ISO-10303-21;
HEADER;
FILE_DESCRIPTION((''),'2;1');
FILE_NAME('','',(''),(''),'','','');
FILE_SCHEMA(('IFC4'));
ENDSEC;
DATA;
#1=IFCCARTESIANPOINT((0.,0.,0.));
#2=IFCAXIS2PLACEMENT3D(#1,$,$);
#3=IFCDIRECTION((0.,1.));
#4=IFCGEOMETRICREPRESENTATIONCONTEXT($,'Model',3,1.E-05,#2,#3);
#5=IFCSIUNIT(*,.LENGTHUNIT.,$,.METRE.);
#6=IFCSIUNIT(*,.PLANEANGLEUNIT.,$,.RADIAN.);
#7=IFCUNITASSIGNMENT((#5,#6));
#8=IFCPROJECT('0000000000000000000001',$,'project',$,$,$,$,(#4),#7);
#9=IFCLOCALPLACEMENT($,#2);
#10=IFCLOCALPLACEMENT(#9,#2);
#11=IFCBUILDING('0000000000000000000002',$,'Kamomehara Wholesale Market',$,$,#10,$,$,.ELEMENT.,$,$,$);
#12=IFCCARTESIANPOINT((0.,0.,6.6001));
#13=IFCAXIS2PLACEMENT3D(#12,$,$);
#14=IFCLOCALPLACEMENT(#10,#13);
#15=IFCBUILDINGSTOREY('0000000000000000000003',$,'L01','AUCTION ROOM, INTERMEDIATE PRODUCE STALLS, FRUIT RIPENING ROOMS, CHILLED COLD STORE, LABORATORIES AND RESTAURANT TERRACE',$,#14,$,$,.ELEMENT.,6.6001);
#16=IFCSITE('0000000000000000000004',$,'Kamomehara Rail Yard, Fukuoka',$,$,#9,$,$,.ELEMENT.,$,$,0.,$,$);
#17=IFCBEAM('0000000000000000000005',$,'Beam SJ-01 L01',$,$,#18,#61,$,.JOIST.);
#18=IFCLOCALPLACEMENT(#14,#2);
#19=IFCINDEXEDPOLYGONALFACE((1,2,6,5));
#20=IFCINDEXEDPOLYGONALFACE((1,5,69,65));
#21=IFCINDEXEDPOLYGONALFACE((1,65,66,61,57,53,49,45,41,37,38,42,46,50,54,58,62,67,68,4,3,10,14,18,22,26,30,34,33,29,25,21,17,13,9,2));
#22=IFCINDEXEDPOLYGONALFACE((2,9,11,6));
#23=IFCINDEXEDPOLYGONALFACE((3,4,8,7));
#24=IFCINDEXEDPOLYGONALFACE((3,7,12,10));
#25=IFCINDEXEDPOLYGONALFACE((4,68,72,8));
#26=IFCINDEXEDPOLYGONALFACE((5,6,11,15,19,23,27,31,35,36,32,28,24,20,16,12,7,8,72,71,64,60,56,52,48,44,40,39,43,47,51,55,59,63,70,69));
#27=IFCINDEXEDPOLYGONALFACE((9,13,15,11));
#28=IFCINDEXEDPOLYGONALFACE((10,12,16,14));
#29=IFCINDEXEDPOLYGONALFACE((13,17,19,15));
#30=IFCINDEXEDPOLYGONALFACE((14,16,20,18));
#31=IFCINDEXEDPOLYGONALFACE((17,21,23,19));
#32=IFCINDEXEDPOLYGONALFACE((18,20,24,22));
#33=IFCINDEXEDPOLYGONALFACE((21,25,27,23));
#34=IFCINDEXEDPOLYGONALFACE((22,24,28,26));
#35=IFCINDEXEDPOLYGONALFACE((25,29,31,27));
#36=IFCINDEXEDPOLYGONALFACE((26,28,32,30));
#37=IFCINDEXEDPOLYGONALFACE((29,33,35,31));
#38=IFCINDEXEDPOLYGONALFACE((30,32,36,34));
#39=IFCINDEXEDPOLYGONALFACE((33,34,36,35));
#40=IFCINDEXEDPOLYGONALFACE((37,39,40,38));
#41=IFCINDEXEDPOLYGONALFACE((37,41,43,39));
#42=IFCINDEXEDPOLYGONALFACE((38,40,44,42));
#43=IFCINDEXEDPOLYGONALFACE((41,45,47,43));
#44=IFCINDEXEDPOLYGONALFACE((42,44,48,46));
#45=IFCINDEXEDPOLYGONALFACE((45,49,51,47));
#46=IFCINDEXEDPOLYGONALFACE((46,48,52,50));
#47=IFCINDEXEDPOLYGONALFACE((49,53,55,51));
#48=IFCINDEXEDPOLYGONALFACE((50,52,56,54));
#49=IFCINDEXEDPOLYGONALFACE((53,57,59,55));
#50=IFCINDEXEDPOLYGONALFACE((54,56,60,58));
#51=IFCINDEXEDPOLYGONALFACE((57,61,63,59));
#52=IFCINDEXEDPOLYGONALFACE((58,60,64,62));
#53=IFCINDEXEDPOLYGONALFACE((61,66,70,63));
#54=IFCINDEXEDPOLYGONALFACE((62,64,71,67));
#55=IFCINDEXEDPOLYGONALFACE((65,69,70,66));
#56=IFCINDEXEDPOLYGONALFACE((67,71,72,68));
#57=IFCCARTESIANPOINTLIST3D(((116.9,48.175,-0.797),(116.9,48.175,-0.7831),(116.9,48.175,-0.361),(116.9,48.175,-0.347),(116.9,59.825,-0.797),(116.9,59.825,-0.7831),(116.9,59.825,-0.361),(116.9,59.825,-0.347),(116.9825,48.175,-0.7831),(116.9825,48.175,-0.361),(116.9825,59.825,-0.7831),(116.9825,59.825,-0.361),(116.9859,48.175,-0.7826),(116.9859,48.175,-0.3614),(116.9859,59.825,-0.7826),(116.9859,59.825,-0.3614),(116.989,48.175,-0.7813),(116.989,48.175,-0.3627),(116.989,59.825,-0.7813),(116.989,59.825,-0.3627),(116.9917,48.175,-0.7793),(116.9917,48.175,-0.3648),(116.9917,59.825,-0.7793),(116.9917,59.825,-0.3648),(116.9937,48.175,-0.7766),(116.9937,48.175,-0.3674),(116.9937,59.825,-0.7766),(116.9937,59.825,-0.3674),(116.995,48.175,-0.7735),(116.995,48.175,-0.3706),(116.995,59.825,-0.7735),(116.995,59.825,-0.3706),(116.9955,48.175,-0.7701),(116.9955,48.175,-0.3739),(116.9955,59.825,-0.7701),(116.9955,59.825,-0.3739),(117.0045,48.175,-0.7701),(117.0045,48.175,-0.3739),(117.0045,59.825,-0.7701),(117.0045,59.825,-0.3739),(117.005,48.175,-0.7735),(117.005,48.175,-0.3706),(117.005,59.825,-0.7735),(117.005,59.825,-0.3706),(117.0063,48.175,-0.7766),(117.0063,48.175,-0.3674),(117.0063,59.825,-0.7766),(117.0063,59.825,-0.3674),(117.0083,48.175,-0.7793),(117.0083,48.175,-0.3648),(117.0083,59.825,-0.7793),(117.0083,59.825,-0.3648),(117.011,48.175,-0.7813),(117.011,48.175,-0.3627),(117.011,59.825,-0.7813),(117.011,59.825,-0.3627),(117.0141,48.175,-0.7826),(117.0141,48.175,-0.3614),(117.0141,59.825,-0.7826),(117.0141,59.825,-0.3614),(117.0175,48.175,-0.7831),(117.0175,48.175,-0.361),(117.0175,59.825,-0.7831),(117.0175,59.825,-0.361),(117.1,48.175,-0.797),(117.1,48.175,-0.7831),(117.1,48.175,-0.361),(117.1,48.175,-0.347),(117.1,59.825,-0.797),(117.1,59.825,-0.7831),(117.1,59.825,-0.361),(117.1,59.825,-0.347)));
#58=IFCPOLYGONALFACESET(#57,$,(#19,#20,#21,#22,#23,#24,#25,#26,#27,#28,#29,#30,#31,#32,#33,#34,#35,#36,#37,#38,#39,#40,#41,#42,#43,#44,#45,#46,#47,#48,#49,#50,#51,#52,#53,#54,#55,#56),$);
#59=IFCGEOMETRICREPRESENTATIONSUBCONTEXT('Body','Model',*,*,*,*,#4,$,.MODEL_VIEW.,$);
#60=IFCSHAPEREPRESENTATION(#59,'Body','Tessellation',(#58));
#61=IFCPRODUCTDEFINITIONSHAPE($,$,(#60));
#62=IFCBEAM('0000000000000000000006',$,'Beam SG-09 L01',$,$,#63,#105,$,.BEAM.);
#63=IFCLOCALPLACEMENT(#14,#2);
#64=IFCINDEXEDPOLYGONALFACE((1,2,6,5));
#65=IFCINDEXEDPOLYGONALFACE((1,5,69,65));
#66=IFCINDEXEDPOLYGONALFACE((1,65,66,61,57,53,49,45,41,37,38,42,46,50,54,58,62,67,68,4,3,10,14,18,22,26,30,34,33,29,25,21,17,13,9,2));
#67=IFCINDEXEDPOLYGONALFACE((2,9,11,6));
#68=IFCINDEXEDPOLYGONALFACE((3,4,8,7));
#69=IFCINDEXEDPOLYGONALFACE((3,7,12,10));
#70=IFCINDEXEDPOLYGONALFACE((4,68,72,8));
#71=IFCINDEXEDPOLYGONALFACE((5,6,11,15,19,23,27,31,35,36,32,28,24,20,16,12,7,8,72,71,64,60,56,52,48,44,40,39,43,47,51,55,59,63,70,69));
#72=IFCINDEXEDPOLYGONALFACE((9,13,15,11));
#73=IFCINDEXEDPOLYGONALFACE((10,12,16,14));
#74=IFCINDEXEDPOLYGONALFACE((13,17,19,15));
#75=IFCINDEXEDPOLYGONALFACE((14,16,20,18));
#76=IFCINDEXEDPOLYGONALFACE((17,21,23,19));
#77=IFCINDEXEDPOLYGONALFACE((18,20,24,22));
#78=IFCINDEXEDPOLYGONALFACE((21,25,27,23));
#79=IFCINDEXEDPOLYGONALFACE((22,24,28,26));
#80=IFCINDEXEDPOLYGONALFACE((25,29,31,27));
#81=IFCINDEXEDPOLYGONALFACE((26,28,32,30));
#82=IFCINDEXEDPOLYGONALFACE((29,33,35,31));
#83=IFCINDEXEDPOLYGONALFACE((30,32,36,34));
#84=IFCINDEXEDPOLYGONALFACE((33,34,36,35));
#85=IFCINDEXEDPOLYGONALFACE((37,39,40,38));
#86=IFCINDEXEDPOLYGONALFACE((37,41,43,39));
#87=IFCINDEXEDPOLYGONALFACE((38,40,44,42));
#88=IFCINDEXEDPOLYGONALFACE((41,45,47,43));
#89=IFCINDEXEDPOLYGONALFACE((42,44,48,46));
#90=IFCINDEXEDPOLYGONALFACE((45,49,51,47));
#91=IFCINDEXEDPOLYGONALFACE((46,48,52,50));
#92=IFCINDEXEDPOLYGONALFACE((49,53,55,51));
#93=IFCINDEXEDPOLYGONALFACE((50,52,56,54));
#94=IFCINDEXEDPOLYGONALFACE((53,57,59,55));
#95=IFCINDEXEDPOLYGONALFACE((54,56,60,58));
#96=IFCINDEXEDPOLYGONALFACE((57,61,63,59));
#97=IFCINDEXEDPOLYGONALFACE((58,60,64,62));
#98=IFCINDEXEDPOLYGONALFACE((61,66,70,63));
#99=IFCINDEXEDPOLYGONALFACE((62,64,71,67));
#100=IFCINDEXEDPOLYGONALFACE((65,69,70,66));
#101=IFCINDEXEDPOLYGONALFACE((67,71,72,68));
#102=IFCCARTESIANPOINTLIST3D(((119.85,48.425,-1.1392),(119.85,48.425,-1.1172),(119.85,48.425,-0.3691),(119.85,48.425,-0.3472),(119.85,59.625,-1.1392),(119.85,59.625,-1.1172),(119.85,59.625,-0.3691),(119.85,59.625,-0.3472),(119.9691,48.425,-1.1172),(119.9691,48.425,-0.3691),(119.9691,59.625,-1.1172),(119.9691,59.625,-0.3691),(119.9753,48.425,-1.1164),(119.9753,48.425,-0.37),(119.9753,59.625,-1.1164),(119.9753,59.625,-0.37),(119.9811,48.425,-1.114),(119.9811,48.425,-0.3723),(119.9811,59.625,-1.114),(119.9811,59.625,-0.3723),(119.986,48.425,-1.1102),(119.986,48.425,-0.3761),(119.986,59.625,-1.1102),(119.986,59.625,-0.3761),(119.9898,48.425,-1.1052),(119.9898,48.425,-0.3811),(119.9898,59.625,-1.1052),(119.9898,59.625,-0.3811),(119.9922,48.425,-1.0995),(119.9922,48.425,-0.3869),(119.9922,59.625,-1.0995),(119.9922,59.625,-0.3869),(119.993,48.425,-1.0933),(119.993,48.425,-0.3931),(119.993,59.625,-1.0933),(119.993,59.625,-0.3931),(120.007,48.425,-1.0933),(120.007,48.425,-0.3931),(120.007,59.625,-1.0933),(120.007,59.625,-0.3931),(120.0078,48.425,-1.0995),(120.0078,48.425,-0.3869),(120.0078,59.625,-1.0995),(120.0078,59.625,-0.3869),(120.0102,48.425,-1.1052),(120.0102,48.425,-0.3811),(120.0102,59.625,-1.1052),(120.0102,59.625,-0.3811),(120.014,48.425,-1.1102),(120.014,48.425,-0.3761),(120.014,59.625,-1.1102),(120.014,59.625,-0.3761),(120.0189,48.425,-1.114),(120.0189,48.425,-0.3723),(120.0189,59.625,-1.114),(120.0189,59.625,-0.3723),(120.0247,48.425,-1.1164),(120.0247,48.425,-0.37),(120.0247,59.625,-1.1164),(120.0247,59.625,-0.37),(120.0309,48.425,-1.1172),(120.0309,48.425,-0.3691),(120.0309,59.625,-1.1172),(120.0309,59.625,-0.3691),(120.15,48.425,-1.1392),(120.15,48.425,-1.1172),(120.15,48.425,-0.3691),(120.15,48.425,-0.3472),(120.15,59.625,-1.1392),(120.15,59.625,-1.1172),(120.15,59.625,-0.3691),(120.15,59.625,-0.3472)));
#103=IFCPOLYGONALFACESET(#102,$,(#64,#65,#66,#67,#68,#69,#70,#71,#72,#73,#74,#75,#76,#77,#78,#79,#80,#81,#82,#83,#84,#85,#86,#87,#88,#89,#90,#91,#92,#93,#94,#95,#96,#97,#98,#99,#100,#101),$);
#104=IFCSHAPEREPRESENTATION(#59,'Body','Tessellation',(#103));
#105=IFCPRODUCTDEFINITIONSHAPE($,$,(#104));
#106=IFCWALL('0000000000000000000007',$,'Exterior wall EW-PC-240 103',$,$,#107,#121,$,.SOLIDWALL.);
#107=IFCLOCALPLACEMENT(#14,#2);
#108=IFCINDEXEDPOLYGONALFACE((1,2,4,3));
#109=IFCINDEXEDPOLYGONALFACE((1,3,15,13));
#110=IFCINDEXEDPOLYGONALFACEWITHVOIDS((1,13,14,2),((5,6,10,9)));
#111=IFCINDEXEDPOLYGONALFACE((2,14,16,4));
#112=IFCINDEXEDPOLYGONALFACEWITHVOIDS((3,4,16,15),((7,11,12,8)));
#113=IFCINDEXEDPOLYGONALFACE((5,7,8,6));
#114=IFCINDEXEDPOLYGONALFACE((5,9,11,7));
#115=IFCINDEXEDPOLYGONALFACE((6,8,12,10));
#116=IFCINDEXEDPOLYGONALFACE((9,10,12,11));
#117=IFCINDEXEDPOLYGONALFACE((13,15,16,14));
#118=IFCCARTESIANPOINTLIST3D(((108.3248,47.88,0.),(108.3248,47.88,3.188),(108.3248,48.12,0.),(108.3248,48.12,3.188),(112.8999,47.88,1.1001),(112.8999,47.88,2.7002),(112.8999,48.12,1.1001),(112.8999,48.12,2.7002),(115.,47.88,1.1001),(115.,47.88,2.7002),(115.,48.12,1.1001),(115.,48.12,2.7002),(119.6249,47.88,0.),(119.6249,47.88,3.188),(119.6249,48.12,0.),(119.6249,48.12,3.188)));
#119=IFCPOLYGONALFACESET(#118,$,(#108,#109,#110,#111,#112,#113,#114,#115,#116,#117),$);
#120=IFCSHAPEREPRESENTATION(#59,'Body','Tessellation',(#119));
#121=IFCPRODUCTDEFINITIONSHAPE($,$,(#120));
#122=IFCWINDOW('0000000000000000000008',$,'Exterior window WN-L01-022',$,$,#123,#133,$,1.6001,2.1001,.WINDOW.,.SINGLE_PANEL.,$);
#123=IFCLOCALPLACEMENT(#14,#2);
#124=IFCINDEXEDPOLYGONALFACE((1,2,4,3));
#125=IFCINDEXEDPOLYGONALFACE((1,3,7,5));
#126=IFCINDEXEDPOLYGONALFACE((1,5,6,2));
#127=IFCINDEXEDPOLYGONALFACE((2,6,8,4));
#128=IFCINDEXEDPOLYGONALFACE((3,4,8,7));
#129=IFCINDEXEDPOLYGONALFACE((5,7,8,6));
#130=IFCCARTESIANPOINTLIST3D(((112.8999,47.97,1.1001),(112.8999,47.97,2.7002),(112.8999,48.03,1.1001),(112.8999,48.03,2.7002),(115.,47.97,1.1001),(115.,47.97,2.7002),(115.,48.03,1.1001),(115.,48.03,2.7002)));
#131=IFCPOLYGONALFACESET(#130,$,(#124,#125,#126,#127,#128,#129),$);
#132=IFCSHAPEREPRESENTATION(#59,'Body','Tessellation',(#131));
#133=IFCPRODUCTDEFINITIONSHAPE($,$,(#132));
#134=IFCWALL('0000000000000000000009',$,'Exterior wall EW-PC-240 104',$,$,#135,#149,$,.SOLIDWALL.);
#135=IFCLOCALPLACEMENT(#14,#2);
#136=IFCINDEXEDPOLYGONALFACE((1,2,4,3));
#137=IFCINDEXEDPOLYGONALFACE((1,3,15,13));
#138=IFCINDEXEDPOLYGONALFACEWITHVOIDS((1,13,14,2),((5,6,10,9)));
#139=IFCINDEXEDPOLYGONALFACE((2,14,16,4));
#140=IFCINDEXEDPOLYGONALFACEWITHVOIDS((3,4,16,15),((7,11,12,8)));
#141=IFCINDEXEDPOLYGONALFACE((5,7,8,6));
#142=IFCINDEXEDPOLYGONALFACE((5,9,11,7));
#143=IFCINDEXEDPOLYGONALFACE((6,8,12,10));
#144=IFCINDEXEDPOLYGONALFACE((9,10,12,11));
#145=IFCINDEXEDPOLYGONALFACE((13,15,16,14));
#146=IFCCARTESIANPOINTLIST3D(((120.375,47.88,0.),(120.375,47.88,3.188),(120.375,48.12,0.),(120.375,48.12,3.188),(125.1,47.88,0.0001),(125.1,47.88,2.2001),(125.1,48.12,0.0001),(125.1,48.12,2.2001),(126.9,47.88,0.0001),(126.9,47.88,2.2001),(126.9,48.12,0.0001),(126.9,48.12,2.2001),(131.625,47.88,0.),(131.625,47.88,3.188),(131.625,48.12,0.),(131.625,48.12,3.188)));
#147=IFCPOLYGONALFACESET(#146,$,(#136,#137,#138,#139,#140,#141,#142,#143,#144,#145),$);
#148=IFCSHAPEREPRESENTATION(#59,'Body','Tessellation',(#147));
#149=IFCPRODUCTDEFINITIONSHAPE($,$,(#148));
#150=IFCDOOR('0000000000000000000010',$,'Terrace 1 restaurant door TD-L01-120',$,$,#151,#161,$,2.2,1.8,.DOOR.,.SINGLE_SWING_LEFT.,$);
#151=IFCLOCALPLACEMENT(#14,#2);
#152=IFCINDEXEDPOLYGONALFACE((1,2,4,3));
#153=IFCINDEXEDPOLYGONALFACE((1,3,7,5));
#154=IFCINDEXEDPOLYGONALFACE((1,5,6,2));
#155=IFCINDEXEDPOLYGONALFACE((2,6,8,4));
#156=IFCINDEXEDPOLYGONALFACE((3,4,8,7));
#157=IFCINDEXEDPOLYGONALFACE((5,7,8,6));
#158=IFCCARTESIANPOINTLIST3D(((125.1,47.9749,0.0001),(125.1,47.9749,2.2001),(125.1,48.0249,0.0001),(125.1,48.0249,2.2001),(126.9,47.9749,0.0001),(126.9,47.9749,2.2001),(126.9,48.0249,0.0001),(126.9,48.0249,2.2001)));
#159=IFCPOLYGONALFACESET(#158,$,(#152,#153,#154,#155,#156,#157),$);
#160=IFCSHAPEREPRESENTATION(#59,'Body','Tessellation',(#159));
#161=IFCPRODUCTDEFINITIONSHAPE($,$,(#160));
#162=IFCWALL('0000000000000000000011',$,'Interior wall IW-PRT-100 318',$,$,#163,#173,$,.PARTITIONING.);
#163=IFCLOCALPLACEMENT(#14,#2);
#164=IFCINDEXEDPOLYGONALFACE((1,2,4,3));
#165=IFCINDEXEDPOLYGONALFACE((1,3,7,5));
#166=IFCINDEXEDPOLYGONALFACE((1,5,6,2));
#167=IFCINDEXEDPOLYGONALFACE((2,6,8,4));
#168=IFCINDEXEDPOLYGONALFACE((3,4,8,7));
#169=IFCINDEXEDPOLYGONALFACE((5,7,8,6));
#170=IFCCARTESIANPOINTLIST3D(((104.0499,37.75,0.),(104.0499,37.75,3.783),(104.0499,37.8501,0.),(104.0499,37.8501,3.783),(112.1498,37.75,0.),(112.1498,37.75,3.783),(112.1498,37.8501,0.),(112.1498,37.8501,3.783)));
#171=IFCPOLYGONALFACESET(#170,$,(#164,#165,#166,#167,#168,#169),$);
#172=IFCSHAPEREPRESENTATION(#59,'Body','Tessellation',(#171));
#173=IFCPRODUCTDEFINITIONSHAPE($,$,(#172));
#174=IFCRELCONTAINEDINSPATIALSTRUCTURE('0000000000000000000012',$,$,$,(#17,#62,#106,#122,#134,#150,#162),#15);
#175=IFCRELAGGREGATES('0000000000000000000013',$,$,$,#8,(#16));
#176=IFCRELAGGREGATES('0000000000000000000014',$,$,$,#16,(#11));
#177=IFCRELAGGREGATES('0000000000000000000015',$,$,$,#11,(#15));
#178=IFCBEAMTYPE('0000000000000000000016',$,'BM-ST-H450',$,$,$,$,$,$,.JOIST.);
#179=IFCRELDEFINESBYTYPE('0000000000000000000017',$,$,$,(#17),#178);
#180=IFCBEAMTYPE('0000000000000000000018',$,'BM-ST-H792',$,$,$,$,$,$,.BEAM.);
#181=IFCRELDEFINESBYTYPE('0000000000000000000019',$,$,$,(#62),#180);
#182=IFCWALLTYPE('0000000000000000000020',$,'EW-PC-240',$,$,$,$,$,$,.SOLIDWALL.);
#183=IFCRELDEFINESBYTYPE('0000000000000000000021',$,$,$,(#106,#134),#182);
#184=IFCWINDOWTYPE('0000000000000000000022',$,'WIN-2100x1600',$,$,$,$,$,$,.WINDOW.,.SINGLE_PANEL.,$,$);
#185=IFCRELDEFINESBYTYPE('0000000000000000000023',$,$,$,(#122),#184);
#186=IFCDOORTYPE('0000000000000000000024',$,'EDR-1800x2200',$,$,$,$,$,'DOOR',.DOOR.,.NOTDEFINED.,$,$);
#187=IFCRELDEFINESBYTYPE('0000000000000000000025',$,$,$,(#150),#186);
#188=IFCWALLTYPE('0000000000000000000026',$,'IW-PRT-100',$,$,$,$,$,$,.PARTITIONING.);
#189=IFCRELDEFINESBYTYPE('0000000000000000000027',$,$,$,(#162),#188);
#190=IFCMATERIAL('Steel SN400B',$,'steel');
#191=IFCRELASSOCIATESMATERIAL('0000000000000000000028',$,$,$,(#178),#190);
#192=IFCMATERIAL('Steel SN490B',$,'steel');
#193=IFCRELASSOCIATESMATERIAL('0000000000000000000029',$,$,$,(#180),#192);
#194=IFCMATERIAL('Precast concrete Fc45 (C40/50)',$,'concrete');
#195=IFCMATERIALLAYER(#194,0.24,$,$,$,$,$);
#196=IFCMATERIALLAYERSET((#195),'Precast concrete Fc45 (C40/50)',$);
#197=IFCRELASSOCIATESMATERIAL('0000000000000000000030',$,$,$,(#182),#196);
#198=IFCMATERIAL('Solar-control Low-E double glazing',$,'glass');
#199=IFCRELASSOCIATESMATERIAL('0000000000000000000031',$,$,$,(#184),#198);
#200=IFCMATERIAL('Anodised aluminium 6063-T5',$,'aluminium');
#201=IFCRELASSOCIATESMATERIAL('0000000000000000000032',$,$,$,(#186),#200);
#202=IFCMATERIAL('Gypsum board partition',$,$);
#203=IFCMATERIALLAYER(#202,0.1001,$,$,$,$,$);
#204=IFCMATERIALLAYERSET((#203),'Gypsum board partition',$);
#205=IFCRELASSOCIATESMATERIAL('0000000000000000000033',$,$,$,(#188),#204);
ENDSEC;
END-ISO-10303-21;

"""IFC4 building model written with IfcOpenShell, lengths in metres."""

from ifc_helpers import new_model, si_unit, direction, frame, frame_2d, origin, origin_2d, place, context, subcontext, project, spatial, rectangle, i_section, extrude, material, layer, layer_set, material_profile, profile_set, type_object, element, fill, save


model = new_model("IFC4")

# Units and contexts
model_context = context("Model", 3, precision=1e-05, world=origin(), true_north=direction((0.0, 1.0)))
body_context = subcontext(model_context, "Body", "Model", "MODEL_VIEW")
ifc_project = project(units=[si_unit("LENGTHUNIT", "METRE"), si_unit("PLANEANGLEUNIT", "RADIAN")], contexts=[model_context])

# Site, building, storey
site_placement = place(None, origin())
site = spatial("IfcSite", under=ifc_project, at=site_placement, Name="Kamomehara Rail Yard, Fukuoka", CompositionType="ELEMENT", RefElevation=0.0)
building_placement = place(site_placement, origin())
building = spatial("IfcBuilding", under=site, at=building_placement, Name="Kamomehara Wholesale Market", CompositionType="ELEMENT")
storey_placement = place(building_placement, frame((0.0, 0.0, 6.6001)))
storey = spatial("IfcBuildingStorey", under=building, at=storey_placement, Name="L01", Description="AUCTION ROOM, INTERMEDIATE PRODUCE STALLS, FRUIT RIPENING ROOMS, CHILLED COLD STORE, LABORATORIES AND RESTAURANT TERRACE", CompositionType="ELEMENT", Elevation=6.6001)

# Beams
ifc_material_1 = material(Name="Steel SN400B", Category="steel")
ifc_material_profile_1 = material_profile(ifc_material_1, i_section(OverallWidth=0.2, OverallDepth=0.45, WebThickness=0.009, FlangeThickness=0.0139, FilletRadius=0.0129, at=origin_2d()), Name="H-450x200x9x14")
ifc_profile_set_1 = profile_set([ifc_material_profile_1], Name="Steel SN400B")
beam_type_1 = type_object("IfcBeamType", Name="BM-ST-H450", PredefinedType="JOIST", material=ifc_profile_set_1)
beam_1_placement = place(storey_placement, frame((117.0, 48.175, -0.572), z_axis=(0.0, 1.0, 0.0), x_axis=(-1.0, 0.0, 0.0)))
element("IfcBeam", 1, at=beam_1_placement, inside=storey, type_object=beam_type_1, Name="Beam SJ-01 L01", PredefinedType="JOIST", context=body_context, shape_type="SweptSolid", body=[
    extrude(i_section(OverallWidth=0.2, OverallDepth=0.45, WebThickness=0.009, FlangeThickness=0.0139, FilletRadius=0.0129, at=origin_2d()), origin(), (0.0, 0.0, 1.0), 11.6499),
])
ifc_material_2 = material(Name="Steel SN490B", Category="steel")
ifc_material_profile_2 = material_profile(ifc_material_2, i_section(OverallWidth=0.3, OverallDepth=0.792, WebThickness=0.0139, FlangeThickness=0.022, FilletRadius=0.0239, at=origin_2d()), Name="H-792x300x14x22")
ifc_profile_set_2 = profile_set([ifc_material_profile_2], Name="Steel SN490B")
beam_type_2 = type_object("IfcBeamType", Name="BM-ST-H792", PredefinedType="BEAM", material=ifc_profile_set_2)
beam_2_placement = place(storey_placement, frame((120.0, 48.425, -0.7432), z_axis=(0.0, 1.0, 0.0), x_axis=(-1.0, 0.0, 0.0)))
element("IfcBeam", 2, at=beam_2_placement, inside=storey, type_object=beam_type_2, Name="Beam SG-09 L01", PredefinedType="BEAM", context=body_context, shape_type="SweptSolid", body=[
    extrude(i_section(OverallWidth=0.3, OverallDepth=0.792, WebThickness=0.0139, FlangeThickness=0.022, FilletRadius=0.0239, at=origin_2d()), origin(), (0.0, 0.0, 1.0), 11.2),
])

# Wall, opening, window
ifc_material_3 = material(Name="Precast concrete Fc45 (C40/50)", Category="concrete")
ifc_layer_1 = layer(ifc_material_3, 0.24)
ifc_layer_set_1 = layer_set([ifc_layer_1], Name="Precast concrete Fc45 (C40/50)")
wall_type_1 = type_object("IfcWallType", Name="EW-PC-240", PredefinedType="SOLIDWALL", material=ifc_layer_set_1)
wall_1_placement = place(storey_placement, frame((108.325, 48.0, 0.0), z_axis=(0.0, 0.0, 1.0), x_axis=(1.0, 0.0, 0.0)))
wall_1 = element("IfcWall", 3, at=wall_1_placement, inside=storey, type_object=wall_type_1, Name="Exterior wall EW-PC-240 103", PredefinedType="SOLIDWALL", context=body_context, shape_type="SweptSolid", body=[
    extrude(rectangle(XDim=11.3, YDim=0.24, at=frame_2d((5.6499, 0.0))), origin(), (0.0, 0.0, 1.0), 3.188),
])
opening_1_placement = place(wall_1_placement, frame((4.575, 0.0, 1.1001)))
opening_1 = element("IfcOpeningElement", 4, at=opening_1_placement, cuts=wall_1, PredefinedType="OPENING", context=body_context, shape_type="SweptSolid", body=[
    extrude(rectangle(XDim=2.1001, YDim=1.6001, at=frame_2d((1.05, 0.8))), frame((0.0, 0.1348, 0.0), z_axis=(0.0, -1.0, 0.0), x_axis=(1.0, 0.0, 0.0)), (0.0, 0.0, 1.0), 0.2698),
])
ifc_material_4 = material(Name="Solar-control Low-E double glazing", Category="glass")
window_type = type_object("IfcWindowType", Name="WIN-2100x1600", PartitioningType="SINGLE_PANEL", PredefinedType="WINDOW", material=ifc_material_4)
window_placement = place(opening_1_placement, origin())
window = element("IfcWindow", 5, at=window_placement, inside=storey, type_object=window_type, Name="Exterior window WN-L01-022", OverallHeight=1.6001, OverallWidth=2.1001, PartitioningType="SINGLE_PANEL", PredefinedType="WINDOW", context=body_context, shape_type="SweptSolid", body=[
    extrude(rectangle(XDim=2.1001, YDim=1.6001, at=frame_2d((1.05, 0.8))), frame((0.0, 0.03, 0.0), z_axis=(0.0, -1.0, 0.0), x_axis=(1.0, 0.0, 0.0)), (0.0, 0.0, 1.0), 0.0601),
])
fill(opening_1, window)

# Wall, opening, door
wall_2_placement = place(storey_placement, frame((120.375, 48.0, 0.0), z_axis=(0.0, 0.0, 1.0), x_axis=(1.0, 0.0, 0.0)))
wall_2 = element("IfcWall", 6, at=wall_2_placement, inside=storey, type_object=wall_type_1, Name="Exterior wall EW-PC-240 104", PredefinedType="SOLIDWALL", context=body_context, shape_type="SweptSolid", body=[
    extrude(rectangle(XDim=11.25, YDim=0.24, at=frame_2d((5.625, 0.0))), origin(), (0.0, 0.0, 1.0), 3.188),
])
opening_2_placement = place(wall_2_placement, frame((4.7251, 0.0, 0.0)))
opening_2 = element("IfcOpeningElement", 7, at=opening_2_placement, cuts=wall_2, PredefinedType="OPENING", context=body_context, shape_type="SweptSolid", body=[
    extrude(rectangle(XDim=1.8, YDim=2.2, at=frame_2d((0.8999, 1.1001))), frame((0.0, 0.1348, 0.0), z_axis=(0.0, -1.0, 0.0), x_axis=(1.0, 0.0, 0.0)), (0.0, 0.0, 1.0), 0.2698),
])
ifc_material_5 = material(Name="Anodised aluminium 6063-T5", Category="aluminium")
door_type_1 = type_object("IfcDoorType", Name="EDR-1800x2200", ElementType="DOOR", OperationType="NOTDEFINED", PredefinedType="DOOR", material=ifc_material_5)
door_1_placement = place(opening_2_placement, origin())
door_1 = element("IfcDoor", 8, at=door_1_placement, inside=storey, type_object=door_type_1, Name="Terrace 1 restaurant door TD-L01-120", OperationType="SINGLE_SWING_LEFT", OverallHeight=2.2, OverallWidth=1.8, PredefinedType="DOOR", context=body_context, shape_type="SweptSolid", body=[
    extrude(rectangle(XDim=1.8, YDim=2.2, at=frame_2d((0.8999, 1.1001))), frame((0.0, 0.0249, 0.0), z_axis=(0.0, -1.0, 0.0), x_axis=(1.0, 0.0, 0.0)), (0.0, 0.0, 1.0), 0.05),
])
fill(opening_2, door_1)

# Wall
ifc_material_6 = material(Name="Gypsum board partition")
ifc_layer_2 = layer(ifc_material_6, 0.1001)
ifc_layer_set_2 = layer_set([ifc_layer_2], Name="Gypsum board partition")
wall_type_2 = type_object("IfcWallType", Name="IW-PRT-100", PredefinedType="PARTITIONING", material=ifc_layer_set_2)
wall_3_placement = place(storey_placement, frame((104.05, 37.8, 0.0), z_axis=(0.0, 0.0, 1.0), x_axis=(1.0, 0.0, 0.0)))
element("IfcWall", 9, at=wall_3_placement, inside=storey, type_object=wall_type_2, Name="Interior wall IW-PRT-100 318", PredefinedType="PARTITIONING", context=body_context, shape_type="SweptSolid", body=[
    extrude(rectangle(XDim=8.0999, YDim=0.1001, at=frame_2d((4.0498, 0.0))), origin(), (0.0, 0.0, 1.0), 3.783),
])

save(model, "model.ifc")
